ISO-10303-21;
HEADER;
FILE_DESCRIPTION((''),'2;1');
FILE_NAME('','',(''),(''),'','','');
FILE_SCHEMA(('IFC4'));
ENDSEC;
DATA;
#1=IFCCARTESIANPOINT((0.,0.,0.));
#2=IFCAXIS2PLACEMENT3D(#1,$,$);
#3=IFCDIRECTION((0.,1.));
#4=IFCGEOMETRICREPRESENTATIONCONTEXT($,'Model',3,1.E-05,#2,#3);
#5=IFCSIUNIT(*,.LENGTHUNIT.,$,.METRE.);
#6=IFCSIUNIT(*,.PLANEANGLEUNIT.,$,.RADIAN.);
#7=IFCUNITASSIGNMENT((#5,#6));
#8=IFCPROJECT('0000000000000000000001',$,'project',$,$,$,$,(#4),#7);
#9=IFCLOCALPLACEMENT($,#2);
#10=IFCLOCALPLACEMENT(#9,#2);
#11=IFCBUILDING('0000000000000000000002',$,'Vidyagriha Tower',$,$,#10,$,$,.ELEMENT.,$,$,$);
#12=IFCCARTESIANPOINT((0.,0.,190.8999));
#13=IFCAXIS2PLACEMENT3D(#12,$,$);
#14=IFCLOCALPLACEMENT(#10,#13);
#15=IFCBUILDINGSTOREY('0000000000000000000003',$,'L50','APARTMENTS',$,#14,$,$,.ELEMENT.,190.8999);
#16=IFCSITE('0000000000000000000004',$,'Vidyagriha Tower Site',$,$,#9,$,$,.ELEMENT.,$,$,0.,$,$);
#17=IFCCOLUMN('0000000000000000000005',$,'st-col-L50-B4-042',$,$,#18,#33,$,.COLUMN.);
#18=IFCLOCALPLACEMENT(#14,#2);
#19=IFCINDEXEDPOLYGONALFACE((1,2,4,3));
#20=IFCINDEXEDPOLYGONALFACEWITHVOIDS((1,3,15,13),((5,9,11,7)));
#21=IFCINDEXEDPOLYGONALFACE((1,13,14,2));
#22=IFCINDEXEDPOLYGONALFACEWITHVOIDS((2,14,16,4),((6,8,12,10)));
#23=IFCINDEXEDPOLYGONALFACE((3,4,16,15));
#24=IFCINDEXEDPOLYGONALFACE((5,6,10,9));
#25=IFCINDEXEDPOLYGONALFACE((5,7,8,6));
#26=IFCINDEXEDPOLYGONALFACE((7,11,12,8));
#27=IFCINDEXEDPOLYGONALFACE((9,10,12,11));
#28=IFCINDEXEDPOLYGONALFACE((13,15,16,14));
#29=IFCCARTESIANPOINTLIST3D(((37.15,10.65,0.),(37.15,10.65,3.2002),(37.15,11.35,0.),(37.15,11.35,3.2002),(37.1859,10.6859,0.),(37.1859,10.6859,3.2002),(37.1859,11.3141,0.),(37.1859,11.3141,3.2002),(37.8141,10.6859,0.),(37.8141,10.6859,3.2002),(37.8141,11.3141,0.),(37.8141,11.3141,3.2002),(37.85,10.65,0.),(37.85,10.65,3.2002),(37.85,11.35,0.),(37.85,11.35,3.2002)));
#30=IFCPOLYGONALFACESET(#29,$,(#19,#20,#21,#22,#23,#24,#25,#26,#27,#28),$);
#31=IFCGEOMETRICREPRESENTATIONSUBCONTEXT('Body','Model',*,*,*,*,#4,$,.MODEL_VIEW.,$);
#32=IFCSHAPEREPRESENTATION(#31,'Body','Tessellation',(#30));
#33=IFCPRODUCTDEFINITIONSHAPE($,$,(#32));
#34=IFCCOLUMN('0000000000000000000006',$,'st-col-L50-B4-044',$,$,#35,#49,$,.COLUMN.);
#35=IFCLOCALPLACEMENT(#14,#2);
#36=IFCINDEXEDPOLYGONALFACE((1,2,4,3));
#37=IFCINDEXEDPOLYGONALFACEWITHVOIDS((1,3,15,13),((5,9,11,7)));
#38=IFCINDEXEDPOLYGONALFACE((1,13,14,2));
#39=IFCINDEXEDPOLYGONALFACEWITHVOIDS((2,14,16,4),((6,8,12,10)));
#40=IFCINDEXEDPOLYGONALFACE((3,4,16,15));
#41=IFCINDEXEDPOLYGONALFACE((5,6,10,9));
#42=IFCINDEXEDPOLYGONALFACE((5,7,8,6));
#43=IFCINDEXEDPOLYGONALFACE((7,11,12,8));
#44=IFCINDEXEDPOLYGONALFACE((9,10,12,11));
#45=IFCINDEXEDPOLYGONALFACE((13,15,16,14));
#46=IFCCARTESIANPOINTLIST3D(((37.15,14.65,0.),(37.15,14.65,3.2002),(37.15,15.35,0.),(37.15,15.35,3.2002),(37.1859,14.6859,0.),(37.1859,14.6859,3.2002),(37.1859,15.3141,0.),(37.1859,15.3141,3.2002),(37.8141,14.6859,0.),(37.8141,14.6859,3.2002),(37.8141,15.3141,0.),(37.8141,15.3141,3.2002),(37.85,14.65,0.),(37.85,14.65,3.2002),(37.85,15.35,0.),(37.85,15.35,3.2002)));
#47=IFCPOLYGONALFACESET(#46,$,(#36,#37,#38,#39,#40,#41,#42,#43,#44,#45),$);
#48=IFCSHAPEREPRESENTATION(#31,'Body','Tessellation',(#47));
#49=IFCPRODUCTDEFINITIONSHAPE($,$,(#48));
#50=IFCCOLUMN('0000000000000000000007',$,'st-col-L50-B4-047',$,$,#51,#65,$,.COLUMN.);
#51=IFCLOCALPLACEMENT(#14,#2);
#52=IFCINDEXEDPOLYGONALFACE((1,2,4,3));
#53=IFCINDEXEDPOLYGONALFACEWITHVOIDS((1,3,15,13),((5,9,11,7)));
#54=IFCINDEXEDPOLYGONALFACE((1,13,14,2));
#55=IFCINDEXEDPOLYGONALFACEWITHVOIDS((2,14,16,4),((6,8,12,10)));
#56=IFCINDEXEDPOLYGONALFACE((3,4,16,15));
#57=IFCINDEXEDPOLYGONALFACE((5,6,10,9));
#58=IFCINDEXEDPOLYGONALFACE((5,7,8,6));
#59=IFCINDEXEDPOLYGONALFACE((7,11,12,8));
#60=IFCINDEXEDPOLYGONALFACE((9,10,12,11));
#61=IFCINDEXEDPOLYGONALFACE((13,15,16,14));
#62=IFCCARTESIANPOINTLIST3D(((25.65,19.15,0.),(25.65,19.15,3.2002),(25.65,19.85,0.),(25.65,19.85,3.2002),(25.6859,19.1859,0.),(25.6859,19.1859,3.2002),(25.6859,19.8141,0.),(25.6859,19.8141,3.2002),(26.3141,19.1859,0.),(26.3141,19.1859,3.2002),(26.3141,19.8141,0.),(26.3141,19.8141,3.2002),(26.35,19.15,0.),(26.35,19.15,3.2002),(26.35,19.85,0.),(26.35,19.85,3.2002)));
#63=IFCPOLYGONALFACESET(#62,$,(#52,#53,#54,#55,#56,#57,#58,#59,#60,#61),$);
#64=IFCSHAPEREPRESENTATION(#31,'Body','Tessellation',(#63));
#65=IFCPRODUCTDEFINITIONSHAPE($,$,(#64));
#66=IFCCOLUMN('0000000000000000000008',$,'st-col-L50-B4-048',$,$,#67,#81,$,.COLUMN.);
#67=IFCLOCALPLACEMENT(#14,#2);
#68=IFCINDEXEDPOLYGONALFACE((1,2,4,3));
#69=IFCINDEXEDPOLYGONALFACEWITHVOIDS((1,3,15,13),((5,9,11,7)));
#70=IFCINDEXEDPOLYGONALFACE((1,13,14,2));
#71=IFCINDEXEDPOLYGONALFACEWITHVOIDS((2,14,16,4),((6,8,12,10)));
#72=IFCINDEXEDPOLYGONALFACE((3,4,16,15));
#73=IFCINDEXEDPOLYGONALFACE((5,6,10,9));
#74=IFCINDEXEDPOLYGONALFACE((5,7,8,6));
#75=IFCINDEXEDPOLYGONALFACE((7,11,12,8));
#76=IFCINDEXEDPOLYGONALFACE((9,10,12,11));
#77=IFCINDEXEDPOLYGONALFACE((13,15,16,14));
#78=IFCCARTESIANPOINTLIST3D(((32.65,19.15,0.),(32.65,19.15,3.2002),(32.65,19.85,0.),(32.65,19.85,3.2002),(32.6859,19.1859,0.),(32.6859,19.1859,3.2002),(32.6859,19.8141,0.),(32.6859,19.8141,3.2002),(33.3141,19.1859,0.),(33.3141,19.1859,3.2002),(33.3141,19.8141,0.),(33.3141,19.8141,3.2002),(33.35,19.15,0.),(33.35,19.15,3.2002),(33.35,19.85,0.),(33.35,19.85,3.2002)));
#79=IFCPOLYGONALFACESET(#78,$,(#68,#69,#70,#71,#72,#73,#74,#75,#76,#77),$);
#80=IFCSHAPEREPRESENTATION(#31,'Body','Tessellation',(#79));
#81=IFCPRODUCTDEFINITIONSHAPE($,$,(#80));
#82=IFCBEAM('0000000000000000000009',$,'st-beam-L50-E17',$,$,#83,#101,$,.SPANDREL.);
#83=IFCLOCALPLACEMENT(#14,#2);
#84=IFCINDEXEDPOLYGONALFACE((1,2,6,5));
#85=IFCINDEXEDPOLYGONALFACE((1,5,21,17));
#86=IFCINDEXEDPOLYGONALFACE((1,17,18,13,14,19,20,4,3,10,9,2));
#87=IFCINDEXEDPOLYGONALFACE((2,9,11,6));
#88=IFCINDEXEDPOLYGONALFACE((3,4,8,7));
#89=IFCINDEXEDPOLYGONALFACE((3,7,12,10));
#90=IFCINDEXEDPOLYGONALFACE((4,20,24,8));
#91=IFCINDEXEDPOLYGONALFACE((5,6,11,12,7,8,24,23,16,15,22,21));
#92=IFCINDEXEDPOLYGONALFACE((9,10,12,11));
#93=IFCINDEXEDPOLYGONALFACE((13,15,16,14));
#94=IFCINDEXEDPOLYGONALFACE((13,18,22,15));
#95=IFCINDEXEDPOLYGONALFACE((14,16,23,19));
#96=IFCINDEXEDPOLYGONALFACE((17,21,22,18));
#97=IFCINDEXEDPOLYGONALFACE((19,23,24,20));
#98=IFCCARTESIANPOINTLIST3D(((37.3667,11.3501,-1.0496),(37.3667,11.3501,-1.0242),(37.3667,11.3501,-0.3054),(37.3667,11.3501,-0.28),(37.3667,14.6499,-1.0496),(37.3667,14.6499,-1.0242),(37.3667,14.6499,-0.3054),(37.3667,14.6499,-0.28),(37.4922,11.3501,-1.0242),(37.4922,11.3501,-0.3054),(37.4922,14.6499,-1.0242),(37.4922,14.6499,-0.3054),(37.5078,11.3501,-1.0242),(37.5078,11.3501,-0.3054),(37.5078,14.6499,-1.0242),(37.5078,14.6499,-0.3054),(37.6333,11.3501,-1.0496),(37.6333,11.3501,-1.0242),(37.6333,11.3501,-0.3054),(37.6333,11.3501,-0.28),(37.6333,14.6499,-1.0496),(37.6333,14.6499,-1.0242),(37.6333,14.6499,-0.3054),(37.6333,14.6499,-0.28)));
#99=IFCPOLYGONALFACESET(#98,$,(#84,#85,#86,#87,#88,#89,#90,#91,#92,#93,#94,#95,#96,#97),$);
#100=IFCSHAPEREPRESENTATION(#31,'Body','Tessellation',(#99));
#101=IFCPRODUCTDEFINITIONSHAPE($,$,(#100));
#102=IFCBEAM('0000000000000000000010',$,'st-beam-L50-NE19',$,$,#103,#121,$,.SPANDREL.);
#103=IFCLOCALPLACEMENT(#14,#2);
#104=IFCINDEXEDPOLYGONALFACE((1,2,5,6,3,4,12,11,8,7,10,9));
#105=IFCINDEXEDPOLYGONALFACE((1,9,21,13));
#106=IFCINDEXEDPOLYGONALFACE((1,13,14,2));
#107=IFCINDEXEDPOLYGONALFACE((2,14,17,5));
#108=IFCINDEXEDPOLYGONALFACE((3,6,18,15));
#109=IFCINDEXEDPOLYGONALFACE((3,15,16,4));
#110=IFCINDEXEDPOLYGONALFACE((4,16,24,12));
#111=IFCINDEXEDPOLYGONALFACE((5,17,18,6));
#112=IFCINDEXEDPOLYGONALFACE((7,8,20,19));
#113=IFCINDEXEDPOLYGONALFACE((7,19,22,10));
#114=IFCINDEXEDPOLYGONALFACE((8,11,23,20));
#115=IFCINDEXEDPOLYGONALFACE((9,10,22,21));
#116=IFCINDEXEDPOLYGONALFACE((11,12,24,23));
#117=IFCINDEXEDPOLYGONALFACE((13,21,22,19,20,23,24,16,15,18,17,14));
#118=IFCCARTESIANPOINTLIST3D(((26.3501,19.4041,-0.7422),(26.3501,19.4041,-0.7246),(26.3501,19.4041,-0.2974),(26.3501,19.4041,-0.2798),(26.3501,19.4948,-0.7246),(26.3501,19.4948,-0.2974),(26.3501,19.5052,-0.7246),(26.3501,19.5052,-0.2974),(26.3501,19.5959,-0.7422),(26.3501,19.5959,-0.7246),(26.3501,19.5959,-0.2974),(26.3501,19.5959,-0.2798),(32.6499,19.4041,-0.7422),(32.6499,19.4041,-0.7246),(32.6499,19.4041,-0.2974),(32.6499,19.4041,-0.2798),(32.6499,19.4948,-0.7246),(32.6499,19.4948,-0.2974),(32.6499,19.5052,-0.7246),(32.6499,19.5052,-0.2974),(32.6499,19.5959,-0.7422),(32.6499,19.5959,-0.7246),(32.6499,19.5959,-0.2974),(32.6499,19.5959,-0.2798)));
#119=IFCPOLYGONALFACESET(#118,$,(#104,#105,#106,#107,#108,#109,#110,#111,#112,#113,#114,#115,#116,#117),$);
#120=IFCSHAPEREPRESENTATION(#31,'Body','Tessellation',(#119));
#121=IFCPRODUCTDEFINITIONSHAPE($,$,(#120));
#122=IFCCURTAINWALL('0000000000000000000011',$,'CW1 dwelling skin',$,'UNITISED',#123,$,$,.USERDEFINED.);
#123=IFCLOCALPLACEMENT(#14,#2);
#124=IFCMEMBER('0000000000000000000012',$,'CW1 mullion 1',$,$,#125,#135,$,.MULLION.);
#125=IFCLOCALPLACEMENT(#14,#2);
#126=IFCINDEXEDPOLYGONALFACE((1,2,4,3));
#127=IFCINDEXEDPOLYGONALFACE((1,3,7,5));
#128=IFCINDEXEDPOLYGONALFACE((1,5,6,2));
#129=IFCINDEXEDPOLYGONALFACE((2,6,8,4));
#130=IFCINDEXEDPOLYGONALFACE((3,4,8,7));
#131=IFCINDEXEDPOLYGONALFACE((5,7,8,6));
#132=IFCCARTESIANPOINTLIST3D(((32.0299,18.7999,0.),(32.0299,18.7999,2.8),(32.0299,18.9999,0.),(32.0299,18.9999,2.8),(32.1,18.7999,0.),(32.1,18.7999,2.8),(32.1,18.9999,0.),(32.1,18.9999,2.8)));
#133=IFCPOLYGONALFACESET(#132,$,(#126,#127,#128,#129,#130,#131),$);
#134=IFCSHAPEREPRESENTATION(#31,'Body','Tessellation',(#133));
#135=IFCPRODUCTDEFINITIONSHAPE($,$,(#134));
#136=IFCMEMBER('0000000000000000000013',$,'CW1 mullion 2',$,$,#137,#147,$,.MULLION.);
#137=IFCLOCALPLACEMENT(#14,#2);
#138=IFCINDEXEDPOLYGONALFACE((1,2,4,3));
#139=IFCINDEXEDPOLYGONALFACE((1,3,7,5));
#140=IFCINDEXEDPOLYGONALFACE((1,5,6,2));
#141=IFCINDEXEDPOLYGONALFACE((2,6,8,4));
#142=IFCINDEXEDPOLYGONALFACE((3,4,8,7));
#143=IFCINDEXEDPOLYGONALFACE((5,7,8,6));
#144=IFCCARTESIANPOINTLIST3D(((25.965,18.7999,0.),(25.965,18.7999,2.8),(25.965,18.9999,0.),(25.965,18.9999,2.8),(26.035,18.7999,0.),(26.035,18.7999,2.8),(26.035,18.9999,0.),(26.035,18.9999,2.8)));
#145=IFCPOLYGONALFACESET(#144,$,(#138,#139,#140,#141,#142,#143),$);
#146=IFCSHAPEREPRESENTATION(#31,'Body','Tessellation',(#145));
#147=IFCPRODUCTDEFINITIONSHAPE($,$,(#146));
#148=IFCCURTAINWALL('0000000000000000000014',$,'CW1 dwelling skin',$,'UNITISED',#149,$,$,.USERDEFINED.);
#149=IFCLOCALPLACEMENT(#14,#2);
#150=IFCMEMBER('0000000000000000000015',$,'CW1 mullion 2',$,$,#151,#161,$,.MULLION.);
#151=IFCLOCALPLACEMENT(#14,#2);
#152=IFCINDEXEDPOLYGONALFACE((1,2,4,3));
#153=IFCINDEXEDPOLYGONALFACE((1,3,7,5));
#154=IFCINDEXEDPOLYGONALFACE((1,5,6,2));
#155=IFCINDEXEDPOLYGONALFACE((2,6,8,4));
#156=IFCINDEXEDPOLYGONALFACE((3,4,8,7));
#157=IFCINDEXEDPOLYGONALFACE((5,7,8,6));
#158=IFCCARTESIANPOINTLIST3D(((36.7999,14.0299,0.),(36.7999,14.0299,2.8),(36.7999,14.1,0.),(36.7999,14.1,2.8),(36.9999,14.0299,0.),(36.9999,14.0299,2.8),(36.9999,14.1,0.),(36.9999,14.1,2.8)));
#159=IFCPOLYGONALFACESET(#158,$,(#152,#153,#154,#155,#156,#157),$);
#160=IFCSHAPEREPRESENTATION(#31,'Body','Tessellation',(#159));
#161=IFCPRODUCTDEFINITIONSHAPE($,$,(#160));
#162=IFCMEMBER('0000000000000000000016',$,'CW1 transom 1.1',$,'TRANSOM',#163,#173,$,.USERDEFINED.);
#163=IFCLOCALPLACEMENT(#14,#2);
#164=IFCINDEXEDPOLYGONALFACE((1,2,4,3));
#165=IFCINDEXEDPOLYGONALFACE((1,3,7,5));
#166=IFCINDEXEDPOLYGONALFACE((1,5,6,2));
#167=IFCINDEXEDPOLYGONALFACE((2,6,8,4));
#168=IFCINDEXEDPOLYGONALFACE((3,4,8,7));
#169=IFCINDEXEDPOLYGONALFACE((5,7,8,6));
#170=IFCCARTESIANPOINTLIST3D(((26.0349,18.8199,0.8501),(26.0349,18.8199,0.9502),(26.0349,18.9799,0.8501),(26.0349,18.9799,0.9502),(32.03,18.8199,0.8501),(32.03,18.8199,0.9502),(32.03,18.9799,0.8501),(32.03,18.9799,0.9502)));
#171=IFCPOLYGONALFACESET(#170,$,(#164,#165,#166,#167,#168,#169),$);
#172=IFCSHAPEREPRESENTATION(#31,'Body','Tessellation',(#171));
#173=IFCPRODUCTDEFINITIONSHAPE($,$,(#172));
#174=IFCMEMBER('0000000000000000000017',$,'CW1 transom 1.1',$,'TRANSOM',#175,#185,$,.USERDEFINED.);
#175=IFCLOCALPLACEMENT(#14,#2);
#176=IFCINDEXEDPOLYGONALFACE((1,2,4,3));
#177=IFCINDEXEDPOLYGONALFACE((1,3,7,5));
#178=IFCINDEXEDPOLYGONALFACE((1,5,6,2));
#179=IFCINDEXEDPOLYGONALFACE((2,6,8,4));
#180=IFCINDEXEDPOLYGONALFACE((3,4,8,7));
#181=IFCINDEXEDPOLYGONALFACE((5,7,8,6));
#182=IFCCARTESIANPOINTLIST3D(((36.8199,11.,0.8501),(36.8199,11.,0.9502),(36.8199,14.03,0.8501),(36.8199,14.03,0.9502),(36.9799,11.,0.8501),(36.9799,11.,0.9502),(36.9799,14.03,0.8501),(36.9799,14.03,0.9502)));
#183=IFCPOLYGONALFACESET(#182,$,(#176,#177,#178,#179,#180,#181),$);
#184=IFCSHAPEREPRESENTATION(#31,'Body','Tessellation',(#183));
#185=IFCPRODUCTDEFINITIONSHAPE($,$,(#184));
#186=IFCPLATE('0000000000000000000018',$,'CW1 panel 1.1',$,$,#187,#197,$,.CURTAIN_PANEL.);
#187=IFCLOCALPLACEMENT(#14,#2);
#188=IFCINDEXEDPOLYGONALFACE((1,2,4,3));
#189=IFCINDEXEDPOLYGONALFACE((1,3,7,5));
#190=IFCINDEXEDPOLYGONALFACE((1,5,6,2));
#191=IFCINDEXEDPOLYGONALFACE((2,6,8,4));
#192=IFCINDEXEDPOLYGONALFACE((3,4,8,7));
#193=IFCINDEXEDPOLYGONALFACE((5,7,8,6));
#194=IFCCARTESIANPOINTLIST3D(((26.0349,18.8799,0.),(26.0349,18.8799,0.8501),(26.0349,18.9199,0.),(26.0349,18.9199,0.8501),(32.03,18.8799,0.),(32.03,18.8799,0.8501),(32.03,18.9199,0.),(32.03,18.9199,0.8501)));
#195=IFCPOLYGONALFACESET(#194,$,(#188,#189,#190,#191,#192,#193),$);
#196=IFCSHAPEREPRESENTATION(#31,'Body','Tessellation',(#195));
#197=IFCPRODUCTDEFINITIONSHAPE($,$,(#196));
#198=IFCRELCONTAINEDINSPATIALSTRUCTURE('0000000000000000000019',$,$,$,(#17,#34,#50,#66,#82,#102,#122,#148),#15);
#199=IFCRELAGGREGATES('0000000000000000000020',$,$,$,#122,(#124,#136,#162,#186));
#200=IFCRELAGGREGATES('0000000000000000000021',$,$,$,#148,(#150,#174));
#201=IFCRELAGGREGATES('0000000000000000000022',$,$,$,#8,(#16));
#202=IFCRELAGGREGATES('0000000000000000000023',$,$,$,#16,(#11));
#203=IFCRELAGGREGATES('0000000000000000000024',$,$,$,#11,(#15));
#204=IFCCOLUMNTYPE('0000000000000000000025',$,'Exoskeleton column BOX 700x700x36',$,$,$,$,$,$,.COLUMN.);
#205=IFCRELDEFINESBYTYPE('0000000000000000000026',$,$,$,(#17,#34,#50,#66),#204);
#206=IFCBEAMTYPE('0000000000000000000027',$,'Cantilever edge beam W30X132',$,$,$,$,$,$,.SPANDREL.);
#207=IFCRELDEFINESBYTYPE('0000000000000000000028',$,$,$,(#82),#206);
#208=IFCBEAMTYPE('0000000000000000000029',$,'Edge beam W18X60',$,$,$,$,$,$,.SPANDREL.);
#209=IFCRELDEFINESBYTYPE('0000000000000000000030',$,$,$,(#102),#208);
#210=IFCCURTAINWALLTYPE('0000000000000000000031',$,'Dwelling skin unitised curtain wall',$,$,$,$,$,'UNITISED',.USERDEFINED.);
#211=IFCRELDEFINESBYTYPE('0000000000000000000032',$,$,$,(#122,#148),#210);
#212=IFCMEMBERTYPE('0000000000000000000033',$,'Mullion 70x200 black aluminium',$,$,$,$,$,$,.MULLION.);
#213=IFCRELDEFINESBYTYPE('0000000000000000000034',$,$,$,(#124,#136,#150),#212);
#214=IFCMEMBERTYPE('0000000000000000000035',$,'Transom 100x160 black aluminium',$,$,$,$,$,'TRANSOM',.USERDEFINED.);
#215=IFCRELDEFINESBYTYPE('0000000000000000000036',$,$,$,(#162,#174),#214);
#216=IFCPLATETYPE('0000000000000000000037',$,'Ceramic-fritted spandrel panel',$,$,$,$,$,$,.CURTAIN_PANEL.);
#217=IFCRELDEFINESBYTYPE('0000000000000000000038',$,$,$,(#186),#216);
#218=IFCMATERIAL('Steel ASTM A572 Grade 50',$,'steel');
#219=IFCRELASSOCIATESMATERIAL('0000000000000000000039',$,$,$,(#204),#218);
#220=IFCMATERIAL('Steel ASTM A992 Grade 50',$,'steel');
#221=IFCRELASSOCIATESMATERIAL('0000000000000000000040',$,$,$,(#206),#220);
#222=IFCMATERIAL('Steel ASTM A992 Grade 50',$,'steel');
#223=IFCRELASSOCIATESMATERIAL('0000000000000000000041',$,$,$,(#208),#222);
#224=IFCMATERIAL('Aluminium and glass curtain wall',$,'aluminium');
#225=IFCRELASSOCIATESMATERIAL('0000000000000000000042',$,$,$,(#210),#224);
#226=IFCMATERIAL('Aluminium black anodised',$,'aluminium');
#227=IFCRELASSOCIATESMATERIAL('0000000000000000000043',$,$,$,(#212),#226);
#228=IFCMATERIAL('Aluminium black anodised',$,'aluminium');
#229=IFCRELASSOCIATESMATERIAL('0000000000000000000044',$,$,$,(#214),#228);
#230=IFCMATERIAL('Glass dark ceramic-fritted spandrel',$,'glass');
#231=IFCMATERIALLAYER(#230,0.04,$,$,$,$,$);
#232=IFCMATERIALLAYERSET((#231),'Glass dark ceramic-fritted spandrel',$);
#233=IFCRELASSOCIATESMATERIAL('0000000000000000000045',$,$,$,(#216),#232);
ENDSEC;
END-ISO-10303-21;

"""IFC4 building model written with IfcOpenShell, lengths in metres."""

from ifc_helpers import new_model, si_unit, direction, frame, origin, origin_2d, place, context, subcontext, project, spatial, rectangle, hollow_rectangle, i_section, extrude, material, layer, layer_set, material_profile, profile_set, type_object, element, aggregate, save


model = new_model("IFC4")

# Units and contexts
model_context = context("Model", 3, precision=1e-05, world=origin(), true_north=direction((0.0, 1.0)))
body_context = subcontext(model_context, "Body", "Model", "MODEL_VIEW")
ifc_project = project(units=[si_unit("LENGTHUNIT", "METRE"), si_unit("PLANEANGLEUNIT", "RADIAN")], contexts=[model_context])

# Site, building, storey
site_placement = place(None, origin())
site = spatial("IfcSite", under=ifc_project, at=site_placement, Name="Vidyagriha Tower Site", CompositionType="ELEMENT", RefElevation=0.0)
building_placement = place(site_placement, origin())
building = spatial("IfcBuilding", under=site, at=building_placement, Name="Vidyagriha Tower", CompositionType="ELEMENT")
storey_placement = place(building_placement, frame((0.0, 0.0, 190.8999)))
storey = spatial("IfcBuildingStorey", under=building, at=storey_placement, Name="L50", Description="APARTMENTS", CompositionType="ELEMENT", Elevation=190.8999)

# Columns
ifc_material_1 = material(Name="Steel ASTM A572 Grade 50", Category="steel")
ifc_material_profile_1 = material_profile(ifc_material_1, hollow_rectangle(XDim=0.7, YDim=0.7, WallThickness=0.0359, at=origin_2d()), Name="BOX 700x700x36")
ifc_profile_set_1 = profile_set([ifc_material_profile_1], Name="Steel ASTM A572 Grade 50")
column_type = type_object("IfcColumnType", Name="Exoskeleton column BOX 700x700x36", PredefinedType="COLUMN", material=ifc_profile_set_1)
for number, where, name in (
    (1, (37.5, 11.0, 0.0), "st-col-L50-B4-042"),
    (2, (37.5, 15.0, 0.0), "st-col-L50-B4-044"),
    (3, (26.0, 19.5, 0.0), "st-col-L50-B4-047"),
    (4, (33.0, 19.5, 0.0), "st-col-L50-B4-048"),
):
    element("IfcColumn", number, at=place(storey_placement, frame(where)), inside=storey, type_object=column_type, Name=name, PredefinedType="COLUMN", context=body_context, shape_type="SweptSolid", body=[
        extrude(hollow_rectangle(XDim=0.7, YDim=0.7, WallThickness=0.0359, at=origin_2d()), origin(), (0.0, 0.0, 1.0), 3.2002),
    ])

# Beams
ifc_material_2 = material(Name="Steel ASTM A992 Grade 50", Category="steel")
ifc_material_profile_2 = material_profile(ifc_material_2, i_section(OverallWidth=0.2666, OverallDepth=0.7695, WebThickness=0.0156, FlangeThickness=0.0254, at=origin_2d()), Name="W30X132")
ifc_profile_set_2 = profile_set([ifc_material_profile_2], Name="Steel ASTM A992 Grade 50")
beam_type_1 = type_object("IfcBeamType", Name="Cantilever edge beam W30X132", PredefinedType="SPANDREL", material=ifc_profile_set_2)
beam_1_placement = place(storey_placement, frame((37.5, 11.3501, -0.6648), z_axis=(0.0, 1.0, 0.0), x_axis=(-1.0, 0.0, 0.0)))
element("IfcBeam", 5, at=beam_1_placement, inside=storey, type_object=beam_type_1, Name="st-beam-L50-E17", PredefinedType="SPANDREL", context=body_context, shape_type="SweptSolid", body=[
    extrude(i_section(OverallWidth=0.2666, OverallDepth=0.7695, WebThickness=0.0156, FlangeThickness=0.0254, at=origin_2d()), origin(), (0.0, 0.0, 1.0), 3.2998),
])
ifc_material_3 = material(Name="Steel ASTM A992 Grade 50", Category="steel")
ifc_material_profile_3 = material_profile(ifc_material_3, i_section(OverallWidth=0.1919, OverallDepth=0.4624, WebThickness=0.0105, FlangeThickness=0.0176, at=origin_2d()), Name="W18X60")
ifc_profile_set_3 = profile_set([ifc_material_profile_3], Name="Steel ASTM A992 Grade 50")
beam_type_2 = type_object("IfcBeamType", Name="Edge beam W18X60", PredefinedType="SPANDREL", material=ifc_profile_set_3)
beam_2_placement = place(storey_placement, frame((26.3501, 19.5, -0.511), z_axis=(1.0, 0.0, 0.0), x_axis=(0.0, 1.0, 0.0)))
element("IfcBeam", 6, at=beam_2_placement, inside=storey, type_object=beam_type_2, Name="st-beam-L50-NE19", PredefinedType="SPANDREL", context=body_context, shape_type="SweptSolid", body=[
    extrude(i_section(OverallWidth=0.1919, OverallDepth=0.4624, WebThickness=0.0105, FlangeThickness=0.0176, at=origin_2d()), origin(), (0.0, 0.0, 1.0), 6.2998),
])

# Curtain wall, members
ifc_material_4 = material(Name="Aluminium and glass curtain wall", Category="aluminium")
curtain_wall_type = type_object("IfcCurtainWallType", Name="Dwelling skin unitised curtain wall", ElementType="UNITISED", PredefinedType="USERDEFINED", material=ifc_material_4)
curtain_wall_1_placement = place(storey_placement, origin())
curtain_wall_1 = element("IfcCurtainWall", 7, at=curtain_wall_1_placement, inside=storey, type_object=curtain_wall_type, Name="CW1 dwelling skin", ObjectType="UNITISED", PredefinedType="USERDEFINED")
ifc_material_5 = material(Name="Aluminium black anodised", Category="aluminium")
ifc_material_profile_4 = material_profile(ifc_material_5, rectangle(XDim=0.2, YDim=0.0701, at=origin_2d()), Name="Mullion 70x200 black aluminium")
ifc_profile_set_4 = profile_set([ifc_material_profile_4], Name="Aluminium black anodised")
member_type_1 = type_object("IfcMemberType", Name="Mullion 70x200 black aluminium", PredefinedType="MULLION", material=ifc_profile_set_4)
member_1_placement = place(storey_placement, frame((32.0649, 18.8999, 0.0), z_axis=(0.0, 0.0, 1.0), x_axis=(0.0, -1.0, 0.0)))
member_1 = element("IfcMember", 8, at=member_1_placement, type_object=member_type_1, Name="CW1 mullion 1", PredefinedType="MULLION", context=body_context, shape_type="SweptSolid", body=[
    extrude(rectangle(XDim=0.2, YDim=0.0701, at=origin_2d()), origin(), (0.0, 0.0, 1.0), 2.8),
])
member_2_placement = place(storey_placement, frame((26.0, 18.8999, 0.0), z_axis=(0.0, 0.0, 1.0), x_axis=(0.0, -1.0, 0.0)))
member_2 = element("IfcMember", 9, at=member_2_placement, type_object=member_type_1, Name="CW1 mullion 2", PredefinedType="MULLION", context=body_context, shape_type="SweptSolid", body=[
    extrude(rectangle(XDim=0.2, YDim=0.0701, at=origin_2d()), origin(), (0.0, 0.0, 1.0), 2.8),
])

# Curtain wall, member
curtain_wall_2_placement = place(storey_placement, origin())
curtain_wall_2 = element("IfcCurtainWall", 10, at=curtain_wall_2_placement, inside=storey, type_object=curtain_wall_type, Name="CW1 dwelling skin", ObjectType="UNITISED", PredefinedType="USERDEFINED")
member_3_placement = place(storey_placement, frame((36.8999, 14.0649, 0.0), z_axis=(0.0, 0.0, 1.0), x_axis=(-1.0, 0.0, 0.0)))
member_3 = element("IfcMember", 11, at=member_3_placement, type_object=member_type_1, Name="CW1 mullion 2", PredefinedType="MULLION", context=body_context, shape_type="SweptSolid", body=[
    extrude(rectangle(XDim=0.2, YDim=0.0701, at=origin_2d()), origin(), (0.0, 0.0, 1.0), 2.8),
])

# Members
ifc_material_6 = material(Name="Aluminium black anodised", Category="aluminium")
ifc_material_profile_5 = material_profile(ifc_material_6, rectangle(XDim=0.1599, YDim=0.1001, at=origin_2d()), Name="Transom 100x160 black aluminium")
ifc_profile_set_5 = profile_set([ifc_material_profile_5], Name="Aluminium black anodised")
member_type_2 = type_object("IfcMemberType", Name="Transom 100x160 black aluminium", ElementType="TRANSOM", PredefinedType="USERDEFINED", material=ifc_profile_set_5)
member_4_placement = place(storey_placement, frame((32.03, 18.8999, 0.9001), z_axis=(-1.0, 0.0, 0.0), x_axis=(0.0, -1.0, 0.0)))
member_4 = element("IfcMember", 12, at=member_4_placement, type_object=member_type_2, Name="CW1 transom 1.1", ObjectType="TRANSOM", PredefinedType="USERDEFINED", context=body_context, shape_type="SweptSolid", body=[
    extrude(rectangle(XDim=0.1599, YDim=0.1001, at=origin_2d()), origin(), (0.0, 0.0, 1.0), 5.9951),
])
member_5_placement = place(storey_placement, frame((36.8999, 11.0, 0.9001), z_axis=(0.0, 1.0, 0.0), x_axis=(-1.0, 0.0, 0.0)))
member_5 = element("IfcMember", 13, at=member_5_placement, type_object=member_type_2, Name="CW1 transom 1.1", ObjectType="TRANSOM", PredefinedType="USERDEFINED", context=body_context, shape_type="SweptSolid", body=[
    extrude(rectangle(XDim=0.1599, YDim=0.1001, at=origin_2d()), origin(), (0.0, 0.0, 1.0), 3.03),
])

# Plate
ifc_material_7 = material(Name="Glass dark ceramic-fritted spandrel", Category="glass")
ifc_layer_1 = layer(ifc_material_7, 0.04)
ifc_layer_set_1 = layer_set([ifc_layer_1], Name="Glass dark ceramic-fritted spandrel")
plate_type_1 = type_object("IfcPlateType", Name="Ceramic-fritted spandrel panel", PredefinedType="CURTAIN_PANEL", material=ifc_layer_set_1)
plate_1_placement = place(storey_placement, frame((29.0325, 18.8999, 0.0), z_axis=(0.0, 0.0, 1.0), x_axis=(-1.0, 0.0, 0.0)))
plate_1 = element("IfcPlate", 14, at=plate_1_placement, type_object=plate_type_1, Name="CW1 panel 1.1", PredefinedType="CURTAIN_PANEL", context=body_context, shape_type="SweptSolid", body=[
    extrude(rectangle(XDim=5.9951, YDim=0.04, at=origin_2d()), origin(), (0.0, 0.0, 1.0), 0.8501),
])
aggregate(curtain_wall_1, [member_1, member_2, member_4, plate_1])
aggregate(curtain_wall_2, [member_3, member_5])

save(model, "model.ifc")
